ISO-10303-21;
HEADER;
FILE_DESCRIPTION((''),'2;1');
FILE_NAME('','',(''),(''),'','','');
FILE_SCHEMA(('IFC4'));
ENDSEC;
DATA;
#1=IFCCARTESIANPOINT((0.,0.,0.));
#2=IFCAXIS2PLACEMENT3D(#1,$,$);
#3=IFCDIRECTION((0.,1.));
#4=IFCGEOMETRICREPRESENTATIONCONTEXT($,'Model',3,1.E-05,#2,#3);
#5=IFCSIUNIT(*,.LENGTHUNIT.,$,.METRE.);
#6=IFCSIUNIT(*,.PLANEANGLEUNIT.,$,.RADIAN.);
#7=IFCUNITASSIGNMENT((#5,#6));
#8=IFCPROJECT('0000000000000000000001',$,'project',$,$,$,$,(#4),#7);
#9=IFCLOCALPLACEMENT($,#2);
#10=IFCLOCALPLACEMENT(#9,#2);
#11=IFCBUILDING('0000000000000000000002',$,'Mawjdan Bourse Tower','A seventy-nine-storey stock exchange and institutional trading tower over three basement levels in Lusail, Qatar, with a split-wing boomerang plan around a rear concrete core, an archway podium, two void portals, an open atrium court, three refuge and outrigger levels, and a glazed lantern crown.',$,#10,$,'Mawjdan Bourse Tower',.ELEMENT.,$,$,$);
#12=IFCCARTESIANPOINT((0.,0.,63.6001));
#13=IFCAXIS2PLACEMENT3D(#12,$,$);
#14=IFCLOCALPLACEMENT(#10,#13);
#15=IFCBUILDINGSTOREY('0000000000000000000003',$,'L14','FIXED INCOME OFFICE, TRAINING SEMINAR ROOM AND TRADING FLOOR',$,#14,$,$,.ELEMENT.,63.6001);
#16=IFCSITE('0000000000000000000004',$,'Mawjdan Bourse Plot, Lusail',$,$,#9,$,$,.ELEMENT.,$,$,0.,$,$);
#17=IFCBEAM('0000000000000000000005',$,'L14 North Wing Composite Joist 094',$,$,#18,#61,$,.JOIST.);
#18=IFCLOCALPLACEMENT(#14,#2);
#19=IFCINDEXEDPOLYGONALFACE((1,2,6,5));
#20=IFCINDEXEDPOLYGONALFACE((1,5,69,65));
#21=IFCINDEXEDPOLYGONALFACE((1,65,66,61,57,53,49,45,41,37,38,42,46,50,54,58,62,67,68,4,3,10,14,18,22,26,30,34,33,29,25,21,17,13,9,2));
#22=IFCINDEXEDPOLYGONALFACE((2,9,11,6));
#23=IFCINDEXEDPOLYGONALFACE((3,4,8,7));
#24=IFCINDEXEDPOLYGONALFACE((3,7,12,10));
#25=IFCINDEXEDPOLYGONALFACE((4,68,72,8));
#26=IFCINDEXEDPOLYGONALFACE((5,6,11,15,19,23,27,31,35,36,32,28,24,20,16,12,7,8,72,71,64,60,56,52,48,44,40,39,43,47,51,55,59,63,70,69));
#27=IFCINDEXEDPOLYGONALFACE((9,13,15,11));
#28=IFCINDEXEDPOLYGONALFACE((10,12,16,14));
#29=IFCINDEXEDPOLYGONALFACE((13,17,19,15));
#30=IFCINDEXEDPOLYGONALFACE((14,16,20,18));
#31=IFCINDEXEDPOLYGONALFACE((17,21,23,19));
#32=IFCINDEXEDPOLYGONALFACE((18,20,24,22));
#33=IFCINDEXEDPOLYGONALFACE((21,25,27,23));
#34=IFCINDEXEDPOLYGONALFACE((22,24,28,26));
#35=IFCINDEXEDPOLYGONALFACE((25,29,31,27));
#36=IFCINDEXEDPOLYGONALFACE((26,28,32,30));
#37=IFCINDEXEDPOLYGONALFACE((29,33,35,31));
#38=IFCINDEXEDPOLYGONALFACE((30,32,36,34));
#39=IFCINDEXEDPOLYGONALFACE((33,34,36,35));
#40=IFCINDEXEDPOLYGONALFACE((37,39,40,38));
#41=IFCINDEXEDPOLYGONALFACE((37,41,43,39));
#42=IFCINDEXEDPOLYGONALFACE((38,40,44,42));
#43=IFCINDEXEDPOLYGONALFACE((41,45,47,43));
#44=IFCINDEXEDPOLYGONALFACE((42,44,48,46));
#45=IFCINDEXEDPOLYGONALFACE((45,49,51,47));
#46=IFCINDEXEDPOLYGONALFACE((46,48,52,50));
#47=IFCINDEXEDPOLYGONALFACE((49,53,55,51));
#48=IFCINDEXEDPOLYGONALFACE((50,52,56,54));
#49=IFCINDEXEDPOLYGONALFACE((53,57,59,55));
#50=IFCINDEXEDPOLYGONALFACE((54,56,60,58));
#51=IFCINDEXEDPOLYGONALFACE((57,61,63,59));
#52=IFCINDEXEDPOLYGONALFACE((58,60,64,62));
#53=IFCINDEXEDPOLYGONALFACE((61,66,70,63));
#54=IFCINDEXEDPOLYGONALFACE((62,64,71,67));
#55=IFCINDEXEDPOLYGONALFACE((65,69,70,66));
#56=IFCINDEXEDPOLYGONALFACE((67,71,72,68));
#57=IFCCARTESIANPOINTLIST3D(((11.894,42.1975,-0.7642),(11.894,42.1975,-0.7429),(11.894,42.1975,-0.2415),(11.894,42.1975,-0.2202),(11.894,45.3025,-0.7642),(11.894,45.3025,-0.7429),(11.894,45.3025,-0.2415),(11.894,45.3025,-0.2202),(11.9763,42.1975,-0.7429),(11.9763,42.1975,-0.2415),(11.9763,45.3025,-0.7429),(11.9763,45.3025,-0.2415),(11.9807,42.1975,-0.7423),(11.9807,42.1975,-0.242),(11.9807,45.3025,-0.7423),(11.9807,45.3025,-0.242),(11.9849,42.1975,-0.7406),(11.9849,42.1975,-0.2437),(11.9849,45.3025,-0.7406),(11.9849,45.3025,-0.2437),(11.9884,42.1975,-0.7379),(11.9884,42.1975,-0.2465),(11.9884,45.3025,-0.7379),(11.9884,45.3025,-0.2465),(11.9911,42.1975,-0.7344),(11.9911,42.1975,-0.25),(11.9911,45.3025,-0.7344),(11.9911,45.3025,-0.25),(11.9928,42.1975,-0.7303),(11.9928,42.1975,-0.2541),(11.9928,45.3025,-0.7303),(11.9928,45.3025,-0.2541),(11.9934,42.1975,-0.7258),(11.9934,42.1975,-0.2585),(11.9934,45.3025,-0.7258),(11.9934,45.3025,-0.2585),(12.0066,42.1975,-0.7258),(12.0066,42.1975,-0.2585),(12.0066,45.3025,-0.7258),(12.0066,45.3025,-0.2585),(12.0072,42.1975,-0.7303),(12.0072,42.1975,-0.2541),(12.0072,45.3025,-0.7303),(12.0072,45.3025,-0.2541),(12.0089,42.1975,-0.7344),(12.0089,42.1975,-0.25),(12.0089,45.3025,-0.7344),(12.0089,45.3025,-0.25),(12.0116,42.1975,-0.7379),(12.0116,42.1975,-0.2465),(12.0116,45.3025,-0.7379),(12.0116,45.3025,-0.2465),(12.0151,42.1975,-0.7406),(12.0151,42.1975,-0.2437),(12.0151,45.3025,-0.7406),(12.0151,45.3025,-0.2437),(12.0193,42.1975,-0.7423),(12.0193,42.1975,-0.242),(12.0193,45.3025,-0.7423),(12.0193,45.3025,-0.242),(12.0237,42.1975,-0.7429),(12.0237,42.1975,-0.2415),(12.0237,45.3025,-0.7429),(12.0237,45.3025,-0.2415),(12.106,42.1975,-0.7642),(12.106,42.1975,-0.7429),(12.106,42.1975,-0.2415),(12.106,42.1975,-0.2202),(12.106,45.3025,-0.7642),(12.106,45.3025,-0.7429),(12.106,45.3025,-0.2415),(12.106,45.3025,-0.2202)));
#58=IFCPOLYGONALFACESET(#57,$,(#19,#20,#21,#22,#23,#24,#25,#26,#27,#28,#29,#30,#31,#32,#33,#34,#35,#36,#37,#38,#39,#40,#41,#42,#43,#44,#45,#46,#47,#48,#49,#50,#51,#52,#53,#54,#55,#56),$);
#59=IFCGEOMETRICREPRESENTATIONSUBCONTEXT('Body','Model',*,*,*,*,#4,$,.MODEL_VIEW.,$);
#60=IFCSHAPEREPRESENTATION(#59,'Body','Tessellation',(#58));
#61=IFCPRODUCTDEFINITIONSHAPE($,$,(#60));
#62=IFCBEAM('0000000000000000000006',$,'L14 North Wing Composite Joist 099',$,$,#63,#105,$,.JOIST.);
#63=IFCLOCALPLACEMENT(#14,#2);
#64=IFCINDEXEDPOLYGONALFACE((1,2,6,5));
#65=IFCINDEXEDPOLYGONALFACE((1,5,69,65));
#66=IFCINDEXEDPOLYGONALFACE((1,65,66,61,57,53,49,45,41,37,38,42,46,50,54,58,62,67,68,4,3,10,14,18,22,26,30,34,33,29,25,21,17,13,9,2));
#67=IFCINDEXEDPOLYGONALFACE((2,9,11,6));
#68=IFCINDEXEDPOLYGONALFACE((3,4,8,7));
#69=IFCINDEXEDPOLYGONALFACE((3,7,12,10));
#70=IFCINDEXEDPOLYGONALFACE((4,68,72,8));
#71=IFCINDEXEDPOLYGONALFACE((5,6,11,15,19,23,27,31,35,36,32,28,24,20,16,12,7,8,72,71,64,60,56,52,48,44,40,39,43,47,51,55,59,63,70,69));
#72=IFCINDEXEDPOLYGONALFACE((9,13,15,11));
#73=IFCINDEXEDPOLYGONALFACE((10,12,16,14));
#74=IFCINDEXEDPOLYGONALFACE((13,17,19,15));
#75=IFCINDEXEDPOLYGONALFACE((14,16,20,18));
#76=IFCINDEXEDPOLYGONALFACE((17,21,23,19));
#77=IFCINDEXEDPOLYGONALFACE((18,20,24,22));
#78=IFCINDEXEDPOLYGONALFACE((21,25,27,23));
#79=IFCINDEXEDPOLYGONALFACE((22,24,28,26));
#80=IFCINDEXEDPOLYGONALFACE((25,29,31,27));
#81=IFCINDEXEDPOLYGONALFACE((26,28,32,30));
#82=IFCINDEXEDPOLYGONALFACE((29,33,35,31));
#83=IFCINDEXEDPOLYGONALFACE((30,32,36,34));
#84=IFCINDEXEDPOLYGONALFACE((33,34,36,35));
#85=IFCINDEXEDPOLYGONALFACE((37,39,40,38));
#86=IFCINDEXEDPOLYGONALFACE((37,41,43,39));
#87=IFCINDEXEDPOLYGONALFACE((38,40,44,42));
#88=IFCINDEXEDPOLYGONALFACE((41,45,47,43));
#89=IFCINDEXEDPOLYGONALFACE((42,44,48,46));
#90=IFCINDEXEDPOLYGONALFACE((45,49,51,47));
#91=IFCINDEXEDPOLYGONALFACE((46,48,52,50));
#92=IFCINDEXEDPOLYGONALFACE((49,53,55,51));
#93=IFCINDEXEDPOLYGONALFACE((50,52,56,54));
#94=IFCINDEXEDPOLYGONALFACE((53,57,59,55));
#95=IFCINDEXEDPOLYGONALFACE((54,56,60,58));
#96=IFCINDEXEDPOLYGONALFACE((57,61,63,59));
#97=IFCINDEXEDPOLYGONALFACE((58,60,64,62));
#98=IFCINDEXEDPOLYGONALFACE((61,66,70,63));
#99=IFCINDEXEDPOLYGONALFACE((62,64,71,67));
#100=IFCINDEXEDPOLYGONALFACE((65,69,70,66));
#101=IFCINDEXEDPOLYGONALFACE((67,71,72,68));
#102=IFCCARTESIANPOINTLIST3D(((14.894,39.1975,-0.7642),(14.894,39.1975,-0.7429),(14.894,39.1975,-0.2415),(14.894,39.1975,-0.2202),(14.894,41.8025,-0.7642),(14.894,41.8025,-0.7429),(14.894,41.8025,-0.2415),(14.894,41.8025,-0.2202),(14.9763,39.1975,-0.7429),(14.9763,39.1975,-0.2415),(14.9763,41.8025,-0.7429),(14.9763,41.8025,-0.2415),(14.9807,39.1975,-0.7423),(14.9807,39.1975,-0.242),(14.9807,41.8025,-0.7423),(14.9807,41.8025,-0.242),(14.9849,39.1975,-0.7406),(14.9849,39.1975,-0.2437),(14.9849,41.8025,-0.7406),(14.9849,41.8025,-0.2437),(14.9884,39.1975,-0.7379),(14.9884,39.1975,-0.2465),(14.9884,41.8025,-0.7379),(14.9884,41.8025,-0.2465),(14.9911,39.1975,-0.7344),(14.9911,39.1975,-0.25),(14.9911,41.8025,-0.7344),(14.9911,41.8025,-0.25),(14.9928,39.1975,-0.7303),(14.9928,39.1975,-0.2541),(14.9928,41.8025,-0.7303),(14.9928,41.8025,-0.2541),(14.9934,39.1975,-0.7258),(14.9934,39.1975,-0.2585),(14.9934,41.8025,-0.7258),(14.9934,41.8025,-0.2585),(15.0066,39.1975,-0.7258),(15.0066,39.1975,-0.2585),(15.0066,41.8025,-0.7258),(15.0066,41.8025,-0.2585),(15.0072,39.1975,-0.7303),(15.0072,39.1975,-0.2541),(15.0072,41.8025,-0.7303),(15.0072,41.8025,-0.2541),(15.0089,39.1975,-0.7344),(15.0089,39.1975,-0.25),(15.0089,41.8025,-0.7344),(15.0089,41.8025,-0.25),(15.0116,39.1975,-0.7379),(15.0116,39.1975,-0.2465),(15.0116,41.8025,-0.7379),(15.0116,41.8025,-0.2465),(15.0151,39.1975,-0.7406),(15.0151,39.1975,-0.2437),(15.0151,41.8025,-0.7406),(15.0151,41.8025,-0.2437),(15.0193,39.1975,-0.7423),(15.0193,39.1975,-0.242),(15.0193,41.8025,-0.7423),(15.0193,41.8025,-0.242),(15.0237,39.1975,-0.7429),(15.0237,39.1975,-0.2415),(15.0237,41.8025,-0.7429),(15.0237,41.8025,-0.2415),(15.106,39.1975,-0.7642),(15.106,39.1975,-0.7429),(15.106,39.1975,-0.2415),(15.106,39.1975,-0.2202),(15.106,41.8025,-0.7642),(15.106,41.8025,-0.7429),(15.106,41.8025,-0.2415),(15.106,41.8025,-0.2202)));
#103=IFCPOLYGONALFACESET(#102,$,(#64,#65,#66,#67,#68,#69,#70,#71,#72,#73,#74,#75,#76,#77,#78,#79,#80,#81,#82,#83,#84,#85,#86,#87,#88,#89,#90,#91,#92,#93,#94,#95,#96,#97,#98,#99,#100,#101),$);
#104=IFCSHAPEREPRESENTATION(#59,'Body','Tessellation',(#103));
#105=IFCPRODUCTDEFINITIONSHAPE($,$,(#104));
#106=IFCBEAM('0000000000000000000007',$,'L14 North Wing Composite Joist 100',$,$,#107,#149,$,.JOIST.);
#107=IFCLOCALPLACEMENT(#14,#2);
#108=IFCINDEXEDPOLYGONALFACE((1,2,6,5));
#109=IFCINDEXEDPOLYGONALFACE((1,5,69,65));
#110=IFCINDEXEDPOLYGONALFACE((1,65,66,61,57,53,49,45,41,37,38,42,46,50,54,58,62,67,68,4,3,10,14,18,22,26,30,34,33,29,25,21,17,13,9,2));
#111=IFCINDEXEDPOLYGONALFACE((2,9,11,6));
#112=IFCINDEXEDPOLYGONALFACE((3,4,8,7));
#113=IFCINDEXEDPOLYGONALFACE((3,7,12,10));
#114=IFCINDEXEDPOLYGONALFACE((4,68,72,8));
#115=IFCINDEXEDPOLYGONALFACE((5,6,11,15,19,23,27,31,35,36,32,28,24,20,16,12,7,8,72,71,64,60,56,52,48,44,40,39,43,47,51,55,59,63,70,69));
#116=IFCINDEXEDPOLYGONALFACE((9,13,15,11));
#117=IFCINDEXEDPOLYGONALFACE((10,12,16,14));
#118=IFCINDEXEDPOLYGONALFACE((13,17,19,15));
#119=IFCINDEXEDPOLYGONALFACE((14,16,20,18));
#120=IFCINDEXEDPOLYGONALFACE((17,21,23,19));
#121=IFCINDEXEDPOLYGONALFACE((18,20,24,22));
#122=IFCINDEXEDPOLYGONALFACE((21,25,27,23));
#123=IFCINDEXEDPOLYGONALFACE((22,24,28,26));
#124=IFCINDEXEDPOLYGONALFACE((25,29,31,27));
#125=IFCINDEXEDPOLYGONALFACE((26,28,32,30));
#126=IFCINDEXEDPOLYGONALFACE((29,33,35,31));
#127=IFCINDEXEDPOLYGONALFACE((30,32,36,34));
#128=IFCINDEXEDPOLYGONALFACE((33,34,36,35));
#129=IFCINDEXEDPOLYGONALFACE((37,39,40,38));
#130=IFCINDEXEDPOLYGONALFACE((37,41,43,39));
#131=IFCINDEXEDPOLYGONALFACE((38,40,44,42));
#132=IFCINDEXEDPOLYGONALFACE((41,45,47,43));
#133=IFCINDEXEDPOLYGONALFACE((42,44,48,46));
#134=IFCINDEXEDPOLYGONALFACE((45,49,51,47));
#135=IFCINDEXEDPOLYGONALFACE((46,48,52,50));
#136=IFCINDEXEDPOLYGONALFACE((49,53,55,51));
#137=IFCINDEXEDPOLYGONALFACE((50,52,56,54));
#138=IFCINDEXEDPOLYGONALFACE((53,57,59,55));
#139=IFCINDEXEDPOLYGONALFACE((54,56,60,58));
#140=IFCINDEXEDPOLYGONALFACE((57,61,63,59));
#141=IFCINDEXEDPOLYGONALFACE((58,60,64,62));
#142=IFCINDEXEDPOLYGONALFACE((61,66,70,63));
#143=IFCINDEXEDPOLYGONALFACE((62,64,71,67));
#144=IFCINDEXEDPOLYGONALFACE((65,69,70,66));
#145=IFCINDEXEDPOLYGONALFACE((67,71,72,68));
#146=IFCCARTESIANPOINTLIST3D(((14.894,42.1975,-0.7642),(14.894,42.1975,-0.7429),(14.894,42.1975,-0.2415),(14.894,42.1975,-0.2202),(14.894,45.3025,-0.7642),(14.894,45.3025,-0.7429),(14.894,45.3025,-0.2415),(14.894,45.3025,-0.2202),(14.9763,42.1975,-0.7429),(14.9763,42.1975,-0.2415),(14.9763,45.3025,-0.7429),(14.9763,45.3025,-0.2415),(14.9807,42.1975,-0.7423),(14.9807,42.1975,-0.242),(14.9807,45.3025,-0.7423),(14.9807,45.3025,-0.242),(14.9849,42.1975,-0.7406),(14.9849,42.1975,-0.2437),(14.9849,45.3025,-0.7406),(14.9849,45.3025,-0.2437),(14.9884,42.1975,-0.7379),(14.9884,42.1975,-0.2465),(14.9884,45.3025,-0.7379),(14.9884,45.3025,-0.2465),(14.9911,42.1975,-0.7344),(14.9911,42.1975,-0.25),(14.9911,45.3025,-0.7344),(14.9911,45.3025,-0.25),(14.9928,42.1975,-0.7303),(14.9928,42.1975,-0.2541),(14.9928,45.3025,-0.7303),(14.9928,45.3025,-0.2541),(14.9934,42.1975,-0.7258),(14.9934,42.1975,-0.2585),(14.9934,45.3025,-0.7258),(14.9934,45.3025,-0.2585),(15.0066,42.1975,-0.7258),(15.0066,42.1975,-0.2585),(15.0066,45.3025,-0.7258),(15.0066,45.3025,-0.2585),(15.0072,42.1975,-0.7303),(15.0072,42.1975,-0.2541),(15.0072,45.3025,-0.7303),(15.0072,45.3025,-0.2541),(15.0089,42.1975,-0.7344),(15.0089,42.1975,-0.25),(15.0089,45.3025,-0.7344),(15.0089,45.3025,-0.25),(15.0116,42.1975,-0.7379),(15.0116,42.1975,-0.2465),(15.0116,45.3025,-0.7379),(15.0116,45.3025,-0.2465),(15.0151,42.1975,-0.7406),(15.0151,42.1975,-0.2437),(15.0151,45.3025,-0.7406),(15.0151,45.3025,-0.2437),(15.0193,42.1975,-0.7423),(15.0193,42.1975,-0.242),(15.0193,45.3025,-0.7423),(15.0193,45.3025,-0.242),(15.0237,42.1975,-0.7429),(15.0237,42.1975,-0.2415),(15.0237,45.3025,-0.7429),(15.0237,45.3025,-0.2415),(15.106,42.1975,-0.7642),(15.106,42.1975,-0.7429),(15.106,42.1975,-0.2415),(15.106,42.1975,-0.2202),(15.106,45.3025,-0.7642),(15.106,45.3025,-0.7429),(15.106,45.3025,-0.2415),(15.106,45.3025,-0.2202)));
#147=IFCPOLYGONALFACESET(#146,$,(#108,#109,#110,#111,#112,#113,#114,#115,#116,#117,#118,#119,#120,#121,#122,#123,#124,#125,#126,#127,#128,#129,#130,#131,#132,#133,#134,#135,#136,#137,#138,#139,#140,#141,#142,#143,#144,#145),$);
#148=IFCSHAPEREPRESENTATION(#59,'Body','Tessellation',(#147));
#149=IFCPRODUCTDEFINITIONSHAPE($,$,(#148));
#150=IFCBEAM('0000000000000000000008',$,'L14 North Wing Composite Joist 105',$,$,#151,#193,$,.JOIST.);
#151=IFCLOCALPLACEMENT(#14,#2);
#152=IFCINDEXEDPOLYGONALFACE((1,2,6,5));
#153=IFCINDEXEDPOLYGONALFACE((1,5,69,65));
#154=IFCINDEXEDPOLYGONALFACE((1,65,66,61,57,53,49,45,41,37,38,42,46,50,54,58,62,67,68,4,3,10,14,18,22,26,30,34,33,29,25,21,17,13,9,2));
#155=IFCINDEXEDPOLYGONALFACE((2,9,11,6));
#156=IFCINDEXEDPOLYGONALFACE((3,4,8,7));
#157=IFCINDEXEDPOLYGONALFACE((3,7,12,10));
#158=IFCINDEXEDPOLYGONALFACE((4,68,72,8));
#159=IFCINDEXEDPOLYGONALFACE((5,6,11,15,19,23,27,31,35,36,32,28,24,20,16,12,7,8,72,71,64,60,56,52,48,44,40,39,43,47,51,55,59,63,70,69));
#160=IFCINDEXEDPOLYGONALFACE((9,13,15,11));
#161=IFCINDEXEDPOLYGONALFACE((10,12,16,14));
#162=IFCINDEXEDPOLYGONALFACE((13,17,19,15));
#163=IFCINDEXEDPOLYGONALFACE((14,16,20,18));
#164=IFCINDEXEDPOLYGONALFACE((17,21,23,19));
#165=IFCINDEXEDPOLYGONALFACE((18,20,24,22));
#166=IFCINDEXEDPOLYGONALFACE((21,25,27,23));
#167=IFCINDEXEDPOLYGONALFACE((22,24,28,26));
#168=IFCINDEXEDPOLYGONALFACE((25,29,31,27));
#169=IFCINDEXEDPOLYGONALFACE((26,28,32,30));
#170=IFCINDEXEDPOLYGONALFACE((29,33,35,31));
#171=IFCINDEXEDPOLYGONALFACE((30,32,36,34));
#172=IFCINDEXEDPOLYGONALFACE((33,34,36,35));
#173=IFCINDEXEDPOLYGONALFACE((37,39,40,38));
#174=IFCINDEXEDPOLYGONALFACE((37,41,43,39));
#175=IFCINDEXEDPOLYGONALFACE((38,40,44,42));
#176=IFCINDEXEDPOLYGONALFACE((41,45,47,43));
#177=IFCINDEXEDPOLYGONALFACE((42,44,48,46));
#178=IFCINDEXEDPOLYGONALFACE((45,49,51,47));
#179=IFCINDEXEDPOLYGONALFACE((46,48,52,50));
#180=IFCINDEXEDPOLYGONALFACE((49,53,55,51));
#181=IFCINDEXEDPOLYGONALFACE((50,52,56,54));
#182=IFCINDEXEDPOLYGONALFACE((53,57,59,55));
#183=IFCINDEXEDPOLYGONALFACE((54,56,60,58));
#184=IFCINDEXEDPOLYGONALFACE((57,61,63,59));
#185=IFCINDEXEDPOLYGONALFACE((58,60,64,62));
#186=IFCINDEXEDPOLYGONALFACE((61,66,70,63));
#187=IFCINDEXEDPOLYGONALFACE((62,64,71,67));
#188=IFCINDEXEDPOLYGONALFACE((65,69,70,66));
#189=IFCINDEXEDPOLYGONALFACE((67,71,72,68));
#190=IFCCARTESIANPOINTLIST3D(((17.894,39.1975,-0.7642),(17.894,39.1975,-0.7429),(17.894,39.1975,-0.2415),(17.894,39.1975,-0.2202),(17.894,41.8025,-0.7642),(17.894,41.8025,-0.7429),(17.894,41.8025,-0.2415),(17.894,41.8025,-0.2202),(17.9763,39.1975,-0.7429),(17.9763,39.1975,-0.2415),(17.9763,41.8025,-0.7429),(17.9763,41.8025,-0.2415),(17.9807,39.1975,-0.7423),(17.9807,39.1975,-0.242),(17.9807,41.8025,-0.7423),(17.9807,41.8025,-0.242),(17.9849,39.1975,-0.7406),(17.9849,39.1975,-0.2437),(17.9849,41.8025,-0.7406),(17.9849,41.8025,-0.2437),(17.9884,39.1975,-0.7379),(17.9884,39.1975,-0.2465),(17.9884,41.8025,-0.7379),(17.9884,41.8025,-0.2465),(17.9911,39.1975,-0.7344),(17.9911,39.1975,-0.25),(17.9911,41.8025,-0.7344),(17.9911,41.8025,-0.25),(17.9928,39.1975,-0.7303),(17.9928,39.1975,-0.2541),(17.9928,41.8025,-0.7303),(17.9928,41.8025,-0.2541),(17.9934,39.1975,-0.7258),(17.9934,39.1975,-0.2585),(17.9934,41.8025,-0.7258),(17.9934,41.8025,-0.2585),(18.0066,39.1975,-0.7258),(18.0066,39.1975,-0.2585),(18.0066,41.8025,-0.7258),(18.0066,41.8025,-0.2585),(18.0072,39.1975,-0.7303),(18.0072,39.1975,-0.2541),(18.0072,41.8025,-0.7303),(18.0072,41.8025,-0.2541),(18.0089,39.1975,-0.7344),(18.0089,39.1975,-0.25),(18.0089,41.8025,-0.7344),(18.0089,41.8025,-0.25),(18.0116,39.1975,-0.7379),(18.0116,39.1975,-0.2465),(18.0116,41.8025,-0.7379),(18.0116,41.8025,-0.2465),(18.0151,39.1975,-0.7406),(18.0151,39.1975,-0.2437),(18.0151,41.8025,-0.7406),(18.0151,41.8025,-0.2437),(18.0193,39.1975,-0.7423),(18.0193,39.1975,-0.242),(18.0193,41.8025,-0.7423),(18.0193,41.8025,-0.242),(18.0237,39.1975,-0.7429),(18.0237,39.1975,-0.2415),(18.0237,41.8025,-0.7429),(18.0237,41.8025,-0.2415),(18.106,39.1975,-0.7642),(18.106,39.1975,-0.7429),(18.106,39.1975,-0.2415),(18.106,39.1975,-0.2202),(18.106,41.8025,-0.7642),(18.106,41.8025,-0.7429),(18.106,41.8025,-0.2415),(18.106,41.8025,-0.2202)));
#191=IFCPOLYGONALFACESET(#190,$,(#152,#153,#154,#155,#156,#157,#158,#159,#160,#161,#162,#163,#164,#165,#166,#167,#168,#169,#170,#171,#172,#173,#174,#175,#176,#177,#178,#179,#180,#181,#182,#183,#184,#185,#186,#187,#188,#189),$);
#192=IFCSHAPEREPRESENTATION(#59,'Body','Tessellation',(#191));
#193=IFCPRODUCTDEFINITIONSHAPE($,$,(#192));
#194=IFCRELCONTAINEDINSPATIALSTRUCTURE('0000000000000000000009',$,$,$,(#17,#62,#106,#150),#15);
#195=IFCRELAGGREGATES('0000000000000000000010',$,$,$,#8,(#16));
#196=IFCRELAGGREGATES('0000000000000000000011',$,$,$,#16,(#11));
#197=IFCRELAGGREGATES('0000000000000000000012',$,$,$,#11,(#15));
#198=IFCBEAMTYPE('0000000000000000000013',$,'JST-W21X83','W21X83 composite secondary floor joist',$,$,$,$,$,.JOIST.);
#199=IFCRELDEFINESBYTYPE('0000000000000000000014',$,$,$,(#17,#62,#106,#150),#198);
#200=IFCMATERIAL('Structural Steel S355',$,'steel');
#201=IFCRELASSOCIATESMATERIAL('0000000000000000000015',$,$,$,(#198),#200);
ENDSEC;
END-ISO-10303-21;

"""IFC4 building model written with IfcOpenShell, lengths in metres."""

from ifc_helpers import new_model, si_unit, direction, frame, origin, origin_2d, place, context, subcontext, project, spatial, i_section, extrude, material, material_profile, profile_set, type_object, element, save


model = new_model("IFC4")

# Units and contexts
model_context = context("Model", 3, precision=1e-05, world=origin(), true_north=direction((0.0, 1.0)))
body_context = subcontext(model_context, "Body", "Model", "MODEL_VIEW")
ifc_project = project(units=[si_unit("LENGTHUNIT", "METRE"), si_unit("PLANEANGLEUNIT", "RADIAN")], contexts=[model_context])

# Site, building, storey
site_placement = place(None, origin())
site = spatial("IfcSite", under=ifc_project, at=site_placement, Name="Mawjdan Bourse Plot, Lusail", CompositionType="ELEMENT", RefElevation=0.0)
building_placement = place(site_placement, origin())
building = spatial("IfcBuilding", under=site, at=building_placement, Name="Mawjdan Bourse Tower", Description="A seventy-nine-storey stock exchange and institutional trading tower over three basement levels in Lusail, Qatar, with a split-wing boomerang plan around a rear concrete core, an archway podium, two void portals, an open atrium court, three refuge and outrigger levels, and a glazed lantern crown.", LongName="Mawjdan Bourse Tower", CompositionType="ELEMENT")
storey_placement = place(building_placement, frame((0.0, 0.0, 63.6001)))
storey = spatial("IfcBuildingStorey", under=building, at=storey_placement, Name="L14", Description="FIXED INCOME OFFICE, TRAINING SEMINAR ROOM AND TRADING FLOOR", CompositionType="ELEMENT", Elevation=63.6001)

# Beams
ifc_material_1 = material(Name="Structural Steel S355", Category="steel")
ifc_material_profile_1 = material_profile(ifc_material_1, i_section(OverallWidth=0.2119, OverallDepth=0.5439, WebThickness=0.0132, FlangeThickness=0.0212, FilletRadius=0.0171, at=origin_2d()), Name="W21X83")
ifc_profile_set_1 = profile_set([ifc_material_profile_1], Name="Structural Steel S355")
beam_type_1 = type_object("IfcBeamType", Name="JST-W21X83", Description="W21X83 composite secondary floor joist", PredefinedType="JOIST", material=ifc_profile_set_1)
beam_1_placement = place(storey_placement, frame((12.0, 42.1975, -0.4922), z_axis=(0.0, 1.0, 0.0), x_axis=(-1.0, 0.0, 0.0)))
element("IfcBeam", 1, at=beam_1_placement, inside=storey, type_object=beam_type_1, Name="L14 North Wing Composite Joist 094", PredefinedType="JOIST", context=body_context, shape_type="SweptSolid", body=[
    extrude(i_section(OverallWidth=0.2119, OverallDepth=0.5439, WebThickness=0.0132, FlangeThickness=0.0212, FilletRadius=0.0171, at=origin_2d()), origin(), (0.0, 0.0, 1.0), 3.105),
])
beam_2_placement = place(storey_placement, frame((15.0, 39.1975, -0.4922), z_axis=(0.0, 1.0, 0.0), x_axis=(-1.0, 0.0, 0.0)))
element("IfcBeam", 2, at=beam_2_placement, inside=storey, type_object=beam_type_1, Name="L14 North Wing Composite Joist 099", PredefinedType="JOIST", context=body_context, shape_type="SweptSolid", body=[
    extrude(i_section(OverallWidth=0.2119, OverallDepth=0.5439, WebThickness=0.0132, FlangeThickness=0.0212, FilletRadius=0.0171, at=origin_2d()), origin(), (0.0, 0.0, 1.0), 2.605),
])
beam_3_placement = place(storey_placement, frame((15.0, 42.1975, -0.4922), z_axis=(0.0, 1.0, 0.0), x_axis=(-1.0, 0.0, 0.0)))
element("IfcBeam", 3, at=beam_3_placement, inside=storey, type_object=beam_type_1, Name="L14 North Wing Composite Joist 100", PredefinedType="JOIST", context=body_context, shape_type="SweptSolid", body=[
    extrude(i_section(OverallWidth=0.2119, OverallDepth=0.5439, WebThickness=0.0132, FlangeThickness=0.0212, FilletRadius=0.0171, at=origin_2d()), origin(), (0.0, 0.0, 1.0), 3.105),
])
beam_4_placement = place(storey_placement, frame((18.0, 39.1975, -0.4922), z_axis=(0.0, 1.0, 0.0), x_axis=(-1.0, 0.0, 0.0)))
element("IfcBeam", 4, at=beam_4_placement, inside=storey, type_object=beam_type_1, Name="L14 North Wing Composite Joist 105", PredefinedType="JOIST", context=body_context, shape_type="SweptSolid", body=[
    extrude(i_section(OverallWidth=0.2119, OverallDepth=0.5439, WebThickness=0.0132, FlangeThickness=0.0212, FilletRadius=0.0171, at=origin_2d()), origin(), (0.0, 0.0, 1.0), 2.605),
])

save(model, "model.ifc")
